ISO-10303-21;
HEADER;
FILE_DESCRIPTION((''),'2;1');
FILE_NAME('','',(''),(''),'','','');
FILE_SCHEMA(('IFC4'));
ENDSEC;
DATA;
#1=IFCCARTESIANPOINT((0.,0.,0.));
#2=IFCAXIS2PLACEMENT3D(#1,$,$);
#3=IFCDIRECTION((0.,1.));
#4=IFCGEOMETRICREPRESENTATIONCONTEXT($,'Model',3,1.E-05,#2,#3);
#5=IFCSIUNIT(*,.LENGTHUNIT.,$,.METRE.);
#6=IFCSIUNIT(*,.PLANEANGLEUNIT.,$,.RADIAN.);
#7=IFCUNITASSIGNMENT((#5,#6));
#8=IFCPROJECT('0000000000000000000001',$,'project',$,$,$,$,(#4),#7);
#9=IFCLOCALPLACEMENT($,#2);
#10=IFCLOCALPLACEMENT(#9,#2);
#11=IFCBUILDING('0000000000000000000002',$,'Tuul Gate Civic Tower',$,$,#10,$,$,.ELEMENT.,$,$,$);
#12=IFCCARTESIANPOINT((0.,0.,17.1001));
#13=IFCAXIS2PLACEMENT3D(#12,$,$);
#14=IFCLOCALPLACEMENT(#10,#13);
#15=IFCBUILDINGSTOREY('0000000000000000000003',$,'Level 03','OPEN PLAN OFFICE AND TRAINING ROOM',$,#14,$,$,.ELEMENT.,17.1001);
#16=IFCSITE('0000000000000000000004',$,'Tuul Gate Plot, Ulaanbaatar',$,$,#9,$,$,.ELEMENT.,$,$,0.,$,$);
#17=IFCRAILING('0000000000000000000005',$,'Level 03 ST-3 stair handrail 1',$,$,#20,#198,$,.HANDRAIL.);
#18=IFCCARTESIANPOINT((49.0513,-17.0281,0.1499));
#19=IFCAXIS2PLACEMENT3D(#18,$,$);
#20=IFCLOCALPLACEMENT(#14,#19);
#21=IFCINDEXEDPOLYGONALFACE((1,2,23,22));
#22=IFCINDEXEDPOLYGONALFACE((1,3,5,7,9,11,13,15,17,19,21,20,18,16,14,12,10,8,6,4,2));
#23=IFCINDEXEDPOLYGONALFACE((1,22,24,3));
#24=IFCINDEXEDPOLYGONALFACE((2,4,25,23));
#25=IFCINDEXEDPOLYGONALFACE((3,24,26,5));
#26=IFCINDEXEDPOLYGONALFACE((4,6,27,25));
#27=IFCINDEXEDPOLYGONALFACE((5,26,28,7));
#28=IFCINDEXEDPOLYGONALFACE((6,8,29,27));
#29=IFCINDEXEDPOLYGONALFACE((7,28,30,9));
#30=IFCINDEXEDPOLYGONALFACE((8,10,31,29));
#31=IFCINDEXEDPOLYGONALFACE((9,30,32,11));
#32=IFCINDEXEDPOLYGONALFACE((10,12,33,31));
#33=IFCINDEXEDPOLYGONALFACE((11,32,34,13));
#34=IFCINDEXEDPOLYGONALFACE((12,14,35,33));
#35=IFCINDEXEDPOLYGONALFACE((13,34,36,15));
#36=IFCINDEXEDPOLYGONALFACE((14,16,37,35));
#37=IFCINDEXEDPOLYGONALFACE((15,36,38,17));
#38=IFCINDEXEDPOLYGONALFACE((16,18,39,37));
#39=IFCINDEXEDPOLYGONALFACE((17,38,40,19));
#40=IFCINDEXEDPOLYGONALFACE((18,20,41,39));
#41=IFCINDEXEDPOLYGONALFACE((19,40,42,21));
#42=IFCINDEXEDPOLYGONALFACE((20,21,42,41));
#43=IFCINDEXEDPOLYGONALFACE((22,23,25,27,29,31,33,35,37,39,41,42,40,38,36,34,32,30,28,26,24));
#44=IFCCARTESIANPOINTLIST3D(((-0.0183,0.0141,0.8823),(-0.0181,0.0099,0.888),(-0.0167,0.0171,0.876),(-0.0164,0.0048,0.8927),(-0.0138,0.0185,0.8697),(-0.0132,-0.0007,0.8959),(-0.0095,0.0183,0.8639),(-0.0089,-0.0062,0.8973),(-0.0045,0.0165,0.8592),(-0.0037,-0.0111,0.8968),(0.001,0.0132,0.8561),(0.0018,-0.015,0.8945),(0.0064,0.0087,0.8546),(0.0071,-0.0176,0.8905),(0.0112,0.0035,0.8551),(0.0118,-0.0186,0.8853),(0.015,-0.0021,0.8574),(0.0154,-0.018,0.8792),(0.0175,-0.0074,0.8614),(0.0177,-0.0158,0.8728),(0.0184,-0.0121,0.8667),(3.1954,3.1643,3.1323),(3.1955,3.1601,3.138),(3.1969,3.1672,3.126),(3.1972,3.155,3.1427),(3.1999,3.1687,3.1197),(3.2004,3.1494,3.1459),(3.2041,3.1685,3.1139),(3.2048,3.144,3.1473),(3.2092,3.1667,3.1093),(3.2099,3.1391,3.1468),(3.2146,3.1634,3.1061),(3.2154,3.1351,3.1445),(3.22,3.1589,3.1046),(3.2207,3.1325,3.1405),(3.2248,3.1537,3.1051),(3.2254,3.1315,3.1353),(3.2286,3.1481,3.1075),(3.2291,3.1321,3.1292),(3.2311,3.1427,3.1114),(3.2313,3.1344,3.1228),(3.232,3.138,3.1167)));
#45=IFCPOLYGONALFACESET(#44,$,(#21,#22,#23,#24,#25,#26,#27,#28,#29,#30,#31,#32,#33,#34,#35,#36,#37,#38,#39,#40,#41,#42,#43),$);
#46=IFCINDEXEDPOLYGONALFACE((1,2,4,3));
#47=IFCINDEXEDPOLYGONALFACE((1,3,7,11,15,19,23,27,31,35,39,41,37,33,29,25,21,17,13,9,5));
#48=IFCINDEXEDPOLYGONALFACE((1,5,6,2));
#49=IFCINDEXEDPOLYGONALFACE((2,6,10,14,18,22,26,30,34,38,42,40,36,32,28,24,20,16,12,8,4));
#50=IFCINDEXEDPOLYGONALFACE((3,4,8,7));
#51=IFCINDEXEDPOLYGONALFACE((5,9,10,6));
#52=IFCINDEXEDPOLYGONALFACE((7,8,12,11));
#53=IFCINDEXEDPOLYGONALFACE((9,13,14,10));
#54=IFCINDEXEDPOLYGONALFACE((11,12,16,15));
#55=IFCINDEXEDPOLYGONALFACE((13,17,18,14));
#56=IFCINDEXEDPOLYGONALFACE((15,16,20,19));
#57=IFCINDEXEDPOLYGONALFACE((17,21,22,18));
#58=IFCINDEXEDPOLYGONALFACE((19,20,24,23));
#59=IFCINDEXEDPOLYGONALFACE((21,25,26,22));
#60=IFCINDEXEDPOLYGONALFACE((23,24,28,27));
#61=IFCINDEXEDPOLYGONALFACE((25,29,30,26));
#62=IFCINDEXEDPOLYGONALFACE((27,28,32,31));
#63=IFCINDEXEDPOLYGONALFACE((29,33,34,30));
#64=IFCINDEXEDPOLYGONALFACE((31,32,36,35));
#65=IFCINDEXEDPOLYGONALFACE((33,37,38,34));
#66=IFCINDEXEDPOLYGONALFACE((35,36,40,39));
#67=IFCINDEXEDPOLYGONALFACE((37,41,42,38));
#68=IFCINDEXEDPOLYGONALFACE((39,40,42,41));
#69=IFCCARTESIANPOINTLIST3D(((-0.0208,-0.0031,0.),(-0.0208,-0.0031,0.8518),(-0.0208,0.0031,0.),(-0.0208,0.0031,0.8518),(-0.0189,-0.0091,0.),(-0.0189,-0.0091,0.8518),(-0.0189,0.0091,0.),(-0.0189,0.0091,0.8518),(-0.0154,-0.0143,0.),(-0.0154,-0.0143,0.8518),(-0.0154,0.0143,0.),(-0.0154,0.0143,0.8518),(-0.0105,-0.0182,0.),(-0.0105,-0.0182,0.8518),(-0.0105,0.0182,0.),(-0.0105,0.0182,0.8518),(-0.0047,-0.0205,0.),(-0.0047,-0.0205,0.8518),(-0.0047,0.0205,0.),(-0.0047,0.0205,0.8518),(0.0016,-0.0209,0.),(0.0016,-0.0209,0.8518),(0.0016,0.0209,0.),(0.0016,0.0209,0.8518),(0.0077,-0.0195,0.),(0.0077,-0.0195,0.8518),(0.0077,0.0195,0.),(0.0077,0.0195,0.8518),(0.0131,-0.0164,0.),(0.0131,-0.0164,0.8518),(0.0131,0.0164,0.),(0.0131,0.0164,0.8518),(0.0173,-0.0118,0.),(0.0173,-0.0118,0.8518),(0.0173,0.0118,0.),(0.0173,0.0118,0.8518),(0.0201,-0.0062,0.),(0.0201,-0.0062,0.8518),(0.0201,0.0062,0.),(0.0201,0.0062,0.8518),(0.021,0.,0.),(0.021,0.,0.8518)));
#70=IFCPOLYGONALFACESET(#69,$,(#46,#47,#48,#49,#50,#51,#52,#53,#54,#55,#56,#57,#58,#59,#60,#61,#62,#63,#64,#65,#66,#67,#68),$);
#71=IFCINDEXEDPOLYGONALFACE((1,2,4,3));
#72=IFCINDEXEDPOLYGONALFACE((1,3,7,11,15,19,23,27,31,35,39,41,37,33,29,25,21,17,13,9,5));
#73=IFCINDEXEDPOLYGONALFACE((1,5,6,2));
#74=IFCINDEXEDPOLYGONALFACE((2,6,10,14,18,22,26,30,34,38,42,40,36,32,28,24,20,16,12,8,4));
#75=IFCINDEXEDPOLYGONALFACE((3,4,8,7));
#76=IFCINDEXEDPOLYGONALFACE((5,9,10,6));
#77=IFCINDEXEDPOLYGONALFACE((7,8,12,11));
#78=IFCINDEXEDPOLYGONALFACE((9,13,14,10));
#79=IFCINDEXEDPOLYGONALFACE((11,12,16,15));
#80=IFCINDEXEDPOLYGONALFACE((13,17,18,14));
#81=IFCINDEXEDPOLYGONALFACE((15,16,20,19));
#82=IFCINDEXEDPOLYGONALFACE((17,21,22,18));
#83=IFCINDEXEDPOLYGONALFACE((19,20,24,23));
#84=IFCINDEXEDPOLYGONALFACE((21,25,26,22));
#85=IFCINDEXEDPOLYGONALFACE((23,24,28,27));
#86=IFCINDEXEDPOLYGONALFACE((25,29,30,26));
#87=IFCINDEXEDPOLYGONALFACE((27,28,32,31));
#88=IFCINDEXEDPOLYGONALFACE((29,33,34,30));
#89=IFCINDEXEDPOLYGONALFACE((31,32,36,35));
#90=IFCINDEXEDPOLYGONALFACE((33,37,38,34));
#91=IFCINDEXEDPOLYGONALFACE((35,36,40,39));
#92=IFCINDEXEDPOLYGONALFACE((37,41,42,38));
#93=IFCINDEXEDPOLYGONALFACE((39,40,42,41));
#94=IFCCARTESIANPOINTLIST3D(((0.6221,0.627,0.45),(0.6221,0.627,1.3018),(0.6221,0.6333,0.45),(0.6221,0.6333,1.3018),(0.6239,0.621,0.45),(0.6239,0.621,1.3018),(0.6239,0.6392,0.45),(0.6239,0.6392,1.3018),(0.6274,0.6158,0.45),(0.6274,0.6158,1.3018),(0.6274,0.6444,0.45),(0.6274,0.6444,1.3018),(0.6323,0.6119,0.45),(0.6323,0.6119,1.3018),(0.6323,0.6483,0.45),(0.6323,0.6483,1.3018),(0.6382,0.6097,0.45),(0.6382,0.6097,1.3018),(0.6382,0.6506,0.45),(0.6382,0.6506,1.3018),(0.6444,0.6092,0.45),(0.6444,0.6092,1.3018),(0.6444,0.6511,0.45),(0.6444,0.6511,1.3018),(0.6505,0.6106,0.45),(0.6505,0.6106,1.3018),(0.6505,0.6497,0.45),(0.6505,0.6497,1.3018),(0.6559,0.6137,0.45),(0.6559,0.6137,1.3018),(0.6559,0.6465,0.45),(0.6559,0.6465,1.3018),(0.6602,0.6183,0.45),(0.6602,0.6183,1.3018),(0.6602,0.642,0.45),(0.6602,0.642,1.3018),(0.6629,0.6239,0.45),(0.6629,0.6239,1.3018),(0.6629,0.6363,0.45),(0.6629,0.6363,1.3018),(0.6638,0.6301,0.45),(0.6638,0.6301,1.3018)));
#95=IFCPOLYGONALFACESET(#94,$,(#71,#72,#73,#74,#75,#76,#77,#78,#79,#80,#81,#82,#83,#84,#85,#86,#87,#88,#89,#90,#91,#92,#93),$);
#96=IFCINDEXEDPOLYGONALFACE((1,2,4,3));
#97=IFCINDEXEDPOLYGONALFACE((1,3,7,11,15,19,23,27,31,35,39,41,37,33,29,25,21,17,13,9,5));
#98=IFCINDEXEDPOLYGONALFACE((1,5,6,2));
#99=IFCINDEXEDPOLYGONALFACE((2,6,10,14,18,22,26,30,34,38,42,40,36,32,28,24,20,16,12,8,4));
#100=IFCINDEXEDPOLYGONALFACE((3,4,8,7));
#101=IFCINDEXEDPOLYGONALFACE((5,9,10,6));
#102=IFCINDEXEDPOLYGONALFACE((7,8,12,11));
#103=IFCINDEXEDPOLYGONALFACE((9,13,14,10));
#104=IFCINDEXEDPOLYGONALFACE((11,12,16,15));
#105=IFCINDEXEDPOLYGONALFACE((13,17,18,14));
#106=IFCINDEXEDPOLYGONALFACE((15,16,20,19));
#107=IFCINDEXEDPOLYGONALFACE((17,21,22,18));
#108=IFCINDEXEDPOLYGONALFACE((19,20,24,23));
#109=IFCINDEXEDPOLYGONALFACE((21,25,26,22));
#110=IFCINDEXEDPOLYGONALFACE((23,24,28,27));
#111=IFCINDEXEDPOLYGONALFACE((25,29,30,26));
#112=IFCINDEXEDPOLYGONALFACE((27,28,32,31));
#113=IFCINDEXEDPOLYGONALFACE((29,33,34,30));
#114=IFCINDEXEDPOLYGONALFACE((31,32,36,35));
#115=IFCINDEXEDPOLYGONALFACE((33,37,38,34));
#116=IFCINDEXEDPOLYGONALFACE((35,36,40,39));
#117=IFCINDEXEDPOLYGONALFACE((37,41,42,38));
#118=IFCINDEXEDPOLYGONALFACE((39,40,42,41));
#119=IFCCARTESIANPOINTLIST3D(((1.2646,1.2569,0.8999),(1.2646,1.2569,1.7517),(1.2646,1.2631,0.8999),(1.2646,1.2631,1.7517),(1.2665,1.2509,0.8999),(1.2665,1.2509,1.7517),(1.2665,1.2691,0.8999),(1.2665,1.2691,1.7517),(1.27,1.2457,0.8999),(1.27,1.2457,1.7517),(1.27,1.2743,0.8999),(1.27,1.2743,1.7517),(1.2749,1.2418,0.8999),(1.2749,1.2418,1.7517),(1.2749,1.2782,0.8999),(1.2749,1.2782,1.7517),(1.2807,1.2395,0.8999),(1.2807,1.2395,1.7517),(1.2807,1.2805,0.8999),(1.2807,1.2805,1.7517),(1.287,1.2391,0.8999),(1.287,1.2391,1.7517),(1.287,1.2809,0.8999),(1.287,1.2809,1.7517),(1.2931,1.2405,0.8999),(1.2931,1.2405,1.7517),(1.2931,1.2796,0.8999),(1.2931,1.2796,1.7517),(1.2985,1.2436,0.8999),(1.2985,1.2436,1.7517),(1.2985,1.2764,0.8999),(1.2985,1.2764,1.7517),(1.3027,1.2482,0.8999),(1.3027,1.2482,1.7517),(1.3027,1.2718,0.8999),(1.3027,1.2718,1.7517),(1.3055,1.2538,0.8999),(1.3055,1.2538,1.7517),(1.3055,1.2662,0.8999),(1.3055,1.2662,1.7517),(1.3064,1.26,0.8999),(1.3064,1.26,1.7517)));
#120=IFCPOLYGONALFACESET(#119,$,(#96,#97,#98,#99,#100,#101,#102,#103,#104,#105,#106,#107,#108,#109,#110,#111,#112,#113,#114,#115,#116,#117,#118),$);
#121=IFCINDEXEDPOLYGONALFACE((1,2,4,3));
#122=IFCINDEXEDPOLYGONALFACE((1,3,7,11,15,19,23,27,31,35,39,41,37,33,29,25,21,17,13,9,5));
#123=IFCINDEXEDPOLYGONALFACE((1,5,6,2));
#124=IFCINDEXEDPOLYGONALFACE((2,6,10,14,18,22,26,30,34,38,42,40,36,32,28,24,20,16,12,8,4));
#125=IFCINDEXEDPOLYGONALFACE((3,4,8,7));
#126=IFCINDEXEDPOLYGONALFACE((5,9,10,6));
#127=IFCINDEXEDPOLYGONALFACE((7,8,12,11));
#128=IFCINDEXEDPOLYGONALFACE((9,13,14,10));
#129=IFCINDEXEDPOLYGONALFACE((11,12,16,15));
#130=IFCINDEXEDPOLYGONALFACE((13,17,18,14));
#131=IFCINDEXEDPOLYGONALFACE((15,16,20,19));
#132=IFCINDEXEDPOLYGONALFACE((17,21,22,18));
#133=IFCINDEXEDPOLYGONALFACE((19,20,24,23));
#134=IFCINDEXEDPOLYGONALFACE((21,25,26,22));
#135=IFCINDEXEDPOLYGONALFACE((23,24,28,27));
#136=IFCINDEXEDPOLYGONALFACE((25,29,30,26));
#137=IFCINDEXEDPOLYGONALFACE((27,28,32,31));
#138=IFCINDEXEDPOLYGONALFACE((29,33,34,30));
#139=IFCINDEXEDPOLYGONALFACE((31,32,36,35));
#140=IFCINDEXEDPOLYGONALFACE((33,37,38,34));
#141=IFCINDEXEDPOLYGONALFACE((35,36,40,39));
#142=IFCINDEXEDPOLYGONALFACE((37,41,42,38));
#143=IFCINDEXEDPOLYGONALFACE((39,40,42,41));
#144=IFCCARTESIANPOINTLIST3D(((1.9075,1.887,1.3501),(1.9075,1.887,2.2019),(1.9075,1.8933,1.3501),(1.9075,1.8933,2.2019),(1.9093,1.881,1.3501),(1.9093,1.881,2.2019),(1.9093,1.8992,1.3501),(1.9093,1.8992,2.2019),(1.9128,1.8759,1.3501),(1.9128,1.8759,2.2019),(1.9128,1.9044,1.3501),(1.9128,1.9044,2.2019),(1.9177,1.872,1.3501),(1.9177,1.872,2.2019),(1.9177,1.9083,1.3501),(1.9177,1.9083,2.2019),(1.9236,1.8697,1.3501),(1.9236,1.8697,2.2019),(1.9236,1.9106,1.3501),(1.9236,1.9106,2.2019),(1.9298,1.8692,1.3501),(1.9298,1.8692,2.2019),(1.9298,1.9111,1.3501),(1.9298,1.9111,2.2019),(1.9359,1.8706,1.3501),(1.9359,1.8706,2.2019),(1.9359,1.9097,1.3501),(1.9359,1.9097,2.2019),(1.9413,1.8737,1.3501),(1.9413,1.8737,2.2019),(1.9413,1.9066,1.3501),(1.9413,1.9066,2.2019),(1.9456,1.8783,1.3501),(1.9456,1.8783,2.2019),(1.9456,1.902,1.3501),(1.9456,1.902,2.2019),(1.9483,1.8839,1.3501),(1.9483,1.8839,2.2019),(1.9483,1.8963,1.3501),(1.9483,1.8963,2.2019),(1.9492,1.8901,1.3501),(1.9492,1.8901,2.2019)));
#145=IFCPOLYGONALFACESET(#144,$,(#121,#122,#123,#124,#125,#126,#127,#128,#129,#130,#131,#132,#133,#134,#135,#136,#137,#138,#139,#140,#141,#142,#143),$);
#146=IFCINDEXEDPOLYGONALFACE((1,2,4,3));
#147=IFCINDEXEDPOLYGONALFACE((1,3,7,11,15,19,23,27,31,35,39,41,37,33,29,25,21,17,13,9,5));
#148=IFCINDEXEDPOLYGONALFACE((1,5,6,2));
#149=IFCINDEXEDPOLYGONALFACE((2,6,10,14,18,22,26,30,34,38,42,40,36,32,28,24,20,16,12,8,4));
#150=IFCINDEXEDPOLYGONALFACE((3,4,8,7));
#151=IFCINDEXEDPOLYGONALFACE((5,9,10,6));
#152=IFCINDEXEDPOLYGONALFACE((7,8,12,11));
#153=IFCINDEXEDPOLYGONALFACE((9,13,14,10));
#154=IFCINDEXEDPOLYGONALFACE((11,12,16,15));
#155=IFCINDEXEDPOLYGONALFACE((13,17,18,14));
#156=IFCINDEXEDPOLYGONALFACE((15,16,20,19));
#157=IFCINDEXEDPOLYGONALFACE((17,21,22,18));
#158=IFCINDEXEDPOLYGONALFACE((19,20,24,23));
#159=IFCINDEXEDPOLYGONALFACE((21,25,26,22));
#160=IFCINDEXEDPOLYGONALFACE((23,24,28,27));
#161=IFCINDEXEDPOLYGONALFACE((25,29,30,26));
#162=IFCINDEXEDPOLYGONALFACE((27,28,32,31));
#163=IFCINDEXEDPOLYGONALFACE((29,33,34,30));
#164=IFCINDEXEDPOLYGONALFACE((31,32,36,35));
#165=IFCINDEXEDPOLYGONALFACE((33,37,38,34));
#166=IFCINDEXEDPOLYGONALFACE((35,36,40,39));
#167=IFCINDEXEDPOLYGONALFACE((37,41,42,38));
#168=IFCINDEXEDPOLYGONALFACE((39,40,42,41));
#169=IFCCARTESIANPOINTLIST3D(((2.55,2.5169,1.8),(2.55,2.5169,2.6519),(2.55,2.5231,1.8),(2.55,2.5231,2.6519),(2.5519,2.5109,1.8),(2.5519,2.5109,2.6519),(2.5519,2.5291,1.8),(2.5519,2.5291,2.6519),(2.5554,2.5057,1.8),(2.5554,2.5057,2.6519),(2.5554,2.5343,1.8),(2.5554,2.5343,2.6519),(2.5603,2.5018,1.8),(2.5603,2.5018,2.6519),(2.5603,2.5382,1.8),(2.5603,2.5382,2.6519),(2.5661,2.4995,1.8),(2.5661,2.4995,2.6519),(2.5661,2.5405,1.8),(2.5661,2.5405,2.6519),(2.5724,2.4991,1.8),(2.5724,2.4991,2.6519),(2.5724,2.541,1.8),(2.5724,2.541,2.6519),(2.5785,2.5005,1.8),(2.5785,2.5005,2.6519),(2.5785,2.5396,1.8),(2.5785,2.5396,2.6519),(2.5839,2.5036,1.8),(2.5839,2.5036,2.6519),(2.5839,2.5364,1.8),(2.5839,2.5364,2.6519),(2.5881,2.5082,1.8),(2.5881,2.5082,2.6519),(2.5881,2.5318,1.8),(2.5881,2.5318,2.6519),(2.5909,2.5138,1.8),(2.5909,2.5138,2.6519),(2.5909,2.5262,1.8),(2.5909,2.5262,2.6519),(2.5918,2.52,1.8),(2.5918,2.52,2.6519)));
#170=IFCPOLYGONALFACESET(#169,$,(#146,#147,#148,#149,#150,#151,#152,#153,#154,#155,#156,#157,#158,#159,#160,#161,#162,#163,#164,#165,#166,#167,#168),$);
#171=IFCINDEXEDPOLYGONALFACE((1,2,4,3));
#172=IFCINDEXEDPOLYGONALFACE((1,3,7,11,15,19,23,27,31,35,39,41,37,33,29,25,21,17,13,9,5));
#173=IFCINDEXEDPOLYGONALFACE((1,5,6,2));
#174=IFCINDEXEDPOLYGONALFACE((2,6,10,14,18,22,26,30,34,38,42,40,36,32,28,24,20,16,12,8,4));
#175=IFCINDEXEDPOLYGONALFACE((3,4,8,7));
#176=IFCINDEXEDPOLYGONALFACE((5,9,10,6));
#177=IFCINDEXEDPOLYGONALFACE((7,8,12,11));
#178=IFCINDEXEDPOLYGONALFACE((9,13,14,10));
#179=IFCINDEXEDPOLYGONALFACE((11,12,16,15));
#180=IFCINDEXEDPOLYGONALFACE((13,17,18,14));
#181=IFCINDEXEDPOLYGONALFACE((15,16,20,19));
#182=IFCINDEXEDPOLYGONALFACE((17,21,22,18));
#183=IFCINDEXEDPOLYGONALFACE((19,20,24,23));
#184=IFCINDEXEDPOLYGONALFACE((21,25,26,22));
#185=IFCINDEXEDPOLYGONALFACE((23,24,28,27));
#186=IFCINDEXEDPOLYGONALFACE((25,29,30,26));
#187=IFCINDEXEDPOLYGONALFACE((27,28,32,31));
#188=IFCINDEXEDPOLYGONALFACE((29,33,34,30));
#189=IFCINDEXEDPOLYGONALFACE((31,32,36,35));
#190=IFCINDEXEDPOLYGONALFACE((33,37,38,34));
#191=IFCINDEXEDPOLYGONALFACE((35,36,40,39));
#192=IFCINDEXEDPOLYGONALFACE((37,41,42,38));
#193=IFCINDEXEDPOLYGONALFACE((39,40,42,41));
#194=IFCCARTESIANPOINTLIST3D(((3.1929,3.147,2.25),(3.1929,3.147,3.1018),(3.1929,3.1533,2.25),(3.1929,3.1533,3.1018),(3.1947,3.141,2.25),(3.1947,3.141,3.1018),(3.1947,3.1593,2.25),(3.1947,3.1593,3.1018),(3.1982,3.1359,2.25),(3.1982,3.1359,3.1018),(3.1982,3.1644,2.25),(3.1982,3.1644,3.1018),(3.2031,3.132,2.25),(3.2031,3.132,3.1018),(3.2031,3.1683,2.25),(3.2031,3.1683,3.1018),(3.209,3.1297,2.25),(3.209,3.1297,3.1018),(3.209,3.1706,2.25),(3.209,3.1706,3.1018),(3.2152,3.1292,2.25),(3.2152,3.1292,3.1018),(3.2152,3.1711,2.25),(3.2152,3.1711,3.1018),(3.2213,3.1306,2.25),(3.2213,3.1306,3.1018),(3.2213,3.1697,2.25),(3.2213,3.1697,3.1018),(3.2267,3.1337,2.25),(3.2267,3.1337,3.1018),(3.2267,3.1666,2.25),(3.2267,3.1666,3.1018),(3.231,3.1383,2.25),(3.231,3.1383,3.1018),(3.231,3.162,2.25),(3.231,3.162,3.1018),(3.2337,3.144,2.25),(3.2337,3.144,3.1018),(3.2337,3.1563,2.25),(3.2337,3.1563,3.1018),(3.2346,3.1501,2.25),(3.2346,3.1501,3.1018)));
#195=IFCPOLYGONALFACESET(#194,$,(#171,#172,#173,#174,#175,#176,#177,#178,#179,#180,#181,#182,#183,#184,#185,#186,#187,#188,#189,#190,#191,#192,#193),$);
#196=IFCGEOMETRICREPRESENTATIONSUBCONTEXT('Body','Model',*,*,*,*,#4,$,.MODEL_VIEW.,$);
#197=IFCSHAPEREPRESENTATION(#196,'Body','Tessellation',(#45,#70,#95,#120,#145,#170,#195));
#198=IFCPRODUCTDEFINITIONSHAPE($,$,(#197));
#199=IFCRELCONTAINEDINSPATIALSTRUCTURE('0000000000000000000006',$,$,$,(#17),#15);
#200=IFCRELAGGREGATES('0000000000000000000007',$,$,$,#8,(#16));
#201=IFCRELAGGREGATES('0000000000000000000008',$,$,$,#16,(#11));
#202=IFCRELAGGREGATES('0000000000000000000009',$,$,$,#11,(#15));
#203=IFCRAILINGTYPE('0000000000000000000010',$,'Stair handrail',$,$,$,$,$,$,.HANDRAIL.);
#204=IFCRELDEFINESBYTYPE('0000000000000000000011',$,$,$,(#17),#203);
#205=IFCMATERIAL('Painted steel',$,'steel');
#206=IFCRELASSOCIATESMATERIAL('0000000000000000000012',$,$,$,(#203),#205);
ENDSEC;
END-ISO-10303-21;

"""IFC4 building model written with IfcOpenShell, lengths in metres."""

from ifc_helpers import new_model, si_unit, direction, frame, origin, origin_2d, place, context, subcontext, project, spatial, circle, extrude, material, type_object, element, save


model = new_model("IFC4")

# Units and contexts
model_context = context("Model", 3, precision=1e-05, world=origin(), true_north=direction((0.0, 1.0)))
body_context = subcontext(model_context, "Body", "Model", "MODEL_VIEW")
ifc_project = project(units=[si_unit("LENGTHUNIT", "METRE"), si_unit("PLANEANGLEUNIT", "RADIAN")], contexts=[model_context])

# Site, building, storey
site_placement = place(None, origin())
site = spatial("IfcSite", under=ifc_project, at=site_placement, Name="Tuul Gate Plot, Ulaanbaatar", CompositionType="ELEMENT", RefElevation=0.0)
building_placement = place(site_placement, origin())
building = spatial("IfcBuilding", under=site, at=building_placement, Name="Tuul Gate Civic Tower", CompositionType="ELEMENT")
storey_placement = place(building_placement, frame((0.0, 0.0, 17.1001)))
storey = spatial("IfcBuildingStorey", under=building, at=storey_placement, Name="Level 03", Description="OPEN PLAN OFFICE AND TRAINING ROOM", CompositionType="ELEMENT", Elevation=17.1001)

# Railing
ifc_material_1 = material(Name="Painted steel", Category="steel")
railing_type = type_object("IfcRailingType", Name="Stair handrail", PredefinedType="HANDRAIL", material=ifc_material_1)
railing_1_placement = place(storey_placement, frame((49.0513, -17.0281, 0.1499)))
element("IfcRailing", 1, at=railing_1_placement, inside=storey, type_object=railing_type, Name="Level 03 ST-3 stair handrail 1", PredefinedType="HANDRAIL", context=body_context, shape_type="SweptSolid", body=[
    extrude(circle(Radius=0.0239, at=origin_2d()), frame((0.0, 0.0, 0.876), z_axis=(0.638735, 0.626118, 0.447207), x_axis=(-0.700019, 0.714124, 0.0)), (0.0, 0.0, 1.0), 5.0312),
    extrude(circle(Radius=0.021, at=origin_2d()), origin(), (0.0, 0.0, 1.0), 0.8518),
    extrude(circle(Radius=0.021, at=origin_2d()), frame((0.6428, 0.6301, 0.45)), (0.0, 0.0, 1.0), 0.8518),
    extrude(circle(Radius=0.021, at=origin_2d()), frame((1.2854, 1.26, 0.8999)), (0.0, 0.0, 1.0), 0.8518),
    extrude(circle(Radius=0.021, at=origin_2d()), frame((1.9282, 1.8901, 1.3501)), (0.0, 0.0, 1.0), 0.8518),
    extrude(circle(Radius=0.021, at=origin_2d()), frame((2.5708, 2.52, 1.8)), (0.0, 0.0, 1.0), 0.8518),
    extrude(circle(Radius=0.021, at=origin_2d()), frame((3.2136, 3.1501, 2.25)), (0.0, 0.0, 1.0), 0.8518),
])

save(model, "model.ifc")
